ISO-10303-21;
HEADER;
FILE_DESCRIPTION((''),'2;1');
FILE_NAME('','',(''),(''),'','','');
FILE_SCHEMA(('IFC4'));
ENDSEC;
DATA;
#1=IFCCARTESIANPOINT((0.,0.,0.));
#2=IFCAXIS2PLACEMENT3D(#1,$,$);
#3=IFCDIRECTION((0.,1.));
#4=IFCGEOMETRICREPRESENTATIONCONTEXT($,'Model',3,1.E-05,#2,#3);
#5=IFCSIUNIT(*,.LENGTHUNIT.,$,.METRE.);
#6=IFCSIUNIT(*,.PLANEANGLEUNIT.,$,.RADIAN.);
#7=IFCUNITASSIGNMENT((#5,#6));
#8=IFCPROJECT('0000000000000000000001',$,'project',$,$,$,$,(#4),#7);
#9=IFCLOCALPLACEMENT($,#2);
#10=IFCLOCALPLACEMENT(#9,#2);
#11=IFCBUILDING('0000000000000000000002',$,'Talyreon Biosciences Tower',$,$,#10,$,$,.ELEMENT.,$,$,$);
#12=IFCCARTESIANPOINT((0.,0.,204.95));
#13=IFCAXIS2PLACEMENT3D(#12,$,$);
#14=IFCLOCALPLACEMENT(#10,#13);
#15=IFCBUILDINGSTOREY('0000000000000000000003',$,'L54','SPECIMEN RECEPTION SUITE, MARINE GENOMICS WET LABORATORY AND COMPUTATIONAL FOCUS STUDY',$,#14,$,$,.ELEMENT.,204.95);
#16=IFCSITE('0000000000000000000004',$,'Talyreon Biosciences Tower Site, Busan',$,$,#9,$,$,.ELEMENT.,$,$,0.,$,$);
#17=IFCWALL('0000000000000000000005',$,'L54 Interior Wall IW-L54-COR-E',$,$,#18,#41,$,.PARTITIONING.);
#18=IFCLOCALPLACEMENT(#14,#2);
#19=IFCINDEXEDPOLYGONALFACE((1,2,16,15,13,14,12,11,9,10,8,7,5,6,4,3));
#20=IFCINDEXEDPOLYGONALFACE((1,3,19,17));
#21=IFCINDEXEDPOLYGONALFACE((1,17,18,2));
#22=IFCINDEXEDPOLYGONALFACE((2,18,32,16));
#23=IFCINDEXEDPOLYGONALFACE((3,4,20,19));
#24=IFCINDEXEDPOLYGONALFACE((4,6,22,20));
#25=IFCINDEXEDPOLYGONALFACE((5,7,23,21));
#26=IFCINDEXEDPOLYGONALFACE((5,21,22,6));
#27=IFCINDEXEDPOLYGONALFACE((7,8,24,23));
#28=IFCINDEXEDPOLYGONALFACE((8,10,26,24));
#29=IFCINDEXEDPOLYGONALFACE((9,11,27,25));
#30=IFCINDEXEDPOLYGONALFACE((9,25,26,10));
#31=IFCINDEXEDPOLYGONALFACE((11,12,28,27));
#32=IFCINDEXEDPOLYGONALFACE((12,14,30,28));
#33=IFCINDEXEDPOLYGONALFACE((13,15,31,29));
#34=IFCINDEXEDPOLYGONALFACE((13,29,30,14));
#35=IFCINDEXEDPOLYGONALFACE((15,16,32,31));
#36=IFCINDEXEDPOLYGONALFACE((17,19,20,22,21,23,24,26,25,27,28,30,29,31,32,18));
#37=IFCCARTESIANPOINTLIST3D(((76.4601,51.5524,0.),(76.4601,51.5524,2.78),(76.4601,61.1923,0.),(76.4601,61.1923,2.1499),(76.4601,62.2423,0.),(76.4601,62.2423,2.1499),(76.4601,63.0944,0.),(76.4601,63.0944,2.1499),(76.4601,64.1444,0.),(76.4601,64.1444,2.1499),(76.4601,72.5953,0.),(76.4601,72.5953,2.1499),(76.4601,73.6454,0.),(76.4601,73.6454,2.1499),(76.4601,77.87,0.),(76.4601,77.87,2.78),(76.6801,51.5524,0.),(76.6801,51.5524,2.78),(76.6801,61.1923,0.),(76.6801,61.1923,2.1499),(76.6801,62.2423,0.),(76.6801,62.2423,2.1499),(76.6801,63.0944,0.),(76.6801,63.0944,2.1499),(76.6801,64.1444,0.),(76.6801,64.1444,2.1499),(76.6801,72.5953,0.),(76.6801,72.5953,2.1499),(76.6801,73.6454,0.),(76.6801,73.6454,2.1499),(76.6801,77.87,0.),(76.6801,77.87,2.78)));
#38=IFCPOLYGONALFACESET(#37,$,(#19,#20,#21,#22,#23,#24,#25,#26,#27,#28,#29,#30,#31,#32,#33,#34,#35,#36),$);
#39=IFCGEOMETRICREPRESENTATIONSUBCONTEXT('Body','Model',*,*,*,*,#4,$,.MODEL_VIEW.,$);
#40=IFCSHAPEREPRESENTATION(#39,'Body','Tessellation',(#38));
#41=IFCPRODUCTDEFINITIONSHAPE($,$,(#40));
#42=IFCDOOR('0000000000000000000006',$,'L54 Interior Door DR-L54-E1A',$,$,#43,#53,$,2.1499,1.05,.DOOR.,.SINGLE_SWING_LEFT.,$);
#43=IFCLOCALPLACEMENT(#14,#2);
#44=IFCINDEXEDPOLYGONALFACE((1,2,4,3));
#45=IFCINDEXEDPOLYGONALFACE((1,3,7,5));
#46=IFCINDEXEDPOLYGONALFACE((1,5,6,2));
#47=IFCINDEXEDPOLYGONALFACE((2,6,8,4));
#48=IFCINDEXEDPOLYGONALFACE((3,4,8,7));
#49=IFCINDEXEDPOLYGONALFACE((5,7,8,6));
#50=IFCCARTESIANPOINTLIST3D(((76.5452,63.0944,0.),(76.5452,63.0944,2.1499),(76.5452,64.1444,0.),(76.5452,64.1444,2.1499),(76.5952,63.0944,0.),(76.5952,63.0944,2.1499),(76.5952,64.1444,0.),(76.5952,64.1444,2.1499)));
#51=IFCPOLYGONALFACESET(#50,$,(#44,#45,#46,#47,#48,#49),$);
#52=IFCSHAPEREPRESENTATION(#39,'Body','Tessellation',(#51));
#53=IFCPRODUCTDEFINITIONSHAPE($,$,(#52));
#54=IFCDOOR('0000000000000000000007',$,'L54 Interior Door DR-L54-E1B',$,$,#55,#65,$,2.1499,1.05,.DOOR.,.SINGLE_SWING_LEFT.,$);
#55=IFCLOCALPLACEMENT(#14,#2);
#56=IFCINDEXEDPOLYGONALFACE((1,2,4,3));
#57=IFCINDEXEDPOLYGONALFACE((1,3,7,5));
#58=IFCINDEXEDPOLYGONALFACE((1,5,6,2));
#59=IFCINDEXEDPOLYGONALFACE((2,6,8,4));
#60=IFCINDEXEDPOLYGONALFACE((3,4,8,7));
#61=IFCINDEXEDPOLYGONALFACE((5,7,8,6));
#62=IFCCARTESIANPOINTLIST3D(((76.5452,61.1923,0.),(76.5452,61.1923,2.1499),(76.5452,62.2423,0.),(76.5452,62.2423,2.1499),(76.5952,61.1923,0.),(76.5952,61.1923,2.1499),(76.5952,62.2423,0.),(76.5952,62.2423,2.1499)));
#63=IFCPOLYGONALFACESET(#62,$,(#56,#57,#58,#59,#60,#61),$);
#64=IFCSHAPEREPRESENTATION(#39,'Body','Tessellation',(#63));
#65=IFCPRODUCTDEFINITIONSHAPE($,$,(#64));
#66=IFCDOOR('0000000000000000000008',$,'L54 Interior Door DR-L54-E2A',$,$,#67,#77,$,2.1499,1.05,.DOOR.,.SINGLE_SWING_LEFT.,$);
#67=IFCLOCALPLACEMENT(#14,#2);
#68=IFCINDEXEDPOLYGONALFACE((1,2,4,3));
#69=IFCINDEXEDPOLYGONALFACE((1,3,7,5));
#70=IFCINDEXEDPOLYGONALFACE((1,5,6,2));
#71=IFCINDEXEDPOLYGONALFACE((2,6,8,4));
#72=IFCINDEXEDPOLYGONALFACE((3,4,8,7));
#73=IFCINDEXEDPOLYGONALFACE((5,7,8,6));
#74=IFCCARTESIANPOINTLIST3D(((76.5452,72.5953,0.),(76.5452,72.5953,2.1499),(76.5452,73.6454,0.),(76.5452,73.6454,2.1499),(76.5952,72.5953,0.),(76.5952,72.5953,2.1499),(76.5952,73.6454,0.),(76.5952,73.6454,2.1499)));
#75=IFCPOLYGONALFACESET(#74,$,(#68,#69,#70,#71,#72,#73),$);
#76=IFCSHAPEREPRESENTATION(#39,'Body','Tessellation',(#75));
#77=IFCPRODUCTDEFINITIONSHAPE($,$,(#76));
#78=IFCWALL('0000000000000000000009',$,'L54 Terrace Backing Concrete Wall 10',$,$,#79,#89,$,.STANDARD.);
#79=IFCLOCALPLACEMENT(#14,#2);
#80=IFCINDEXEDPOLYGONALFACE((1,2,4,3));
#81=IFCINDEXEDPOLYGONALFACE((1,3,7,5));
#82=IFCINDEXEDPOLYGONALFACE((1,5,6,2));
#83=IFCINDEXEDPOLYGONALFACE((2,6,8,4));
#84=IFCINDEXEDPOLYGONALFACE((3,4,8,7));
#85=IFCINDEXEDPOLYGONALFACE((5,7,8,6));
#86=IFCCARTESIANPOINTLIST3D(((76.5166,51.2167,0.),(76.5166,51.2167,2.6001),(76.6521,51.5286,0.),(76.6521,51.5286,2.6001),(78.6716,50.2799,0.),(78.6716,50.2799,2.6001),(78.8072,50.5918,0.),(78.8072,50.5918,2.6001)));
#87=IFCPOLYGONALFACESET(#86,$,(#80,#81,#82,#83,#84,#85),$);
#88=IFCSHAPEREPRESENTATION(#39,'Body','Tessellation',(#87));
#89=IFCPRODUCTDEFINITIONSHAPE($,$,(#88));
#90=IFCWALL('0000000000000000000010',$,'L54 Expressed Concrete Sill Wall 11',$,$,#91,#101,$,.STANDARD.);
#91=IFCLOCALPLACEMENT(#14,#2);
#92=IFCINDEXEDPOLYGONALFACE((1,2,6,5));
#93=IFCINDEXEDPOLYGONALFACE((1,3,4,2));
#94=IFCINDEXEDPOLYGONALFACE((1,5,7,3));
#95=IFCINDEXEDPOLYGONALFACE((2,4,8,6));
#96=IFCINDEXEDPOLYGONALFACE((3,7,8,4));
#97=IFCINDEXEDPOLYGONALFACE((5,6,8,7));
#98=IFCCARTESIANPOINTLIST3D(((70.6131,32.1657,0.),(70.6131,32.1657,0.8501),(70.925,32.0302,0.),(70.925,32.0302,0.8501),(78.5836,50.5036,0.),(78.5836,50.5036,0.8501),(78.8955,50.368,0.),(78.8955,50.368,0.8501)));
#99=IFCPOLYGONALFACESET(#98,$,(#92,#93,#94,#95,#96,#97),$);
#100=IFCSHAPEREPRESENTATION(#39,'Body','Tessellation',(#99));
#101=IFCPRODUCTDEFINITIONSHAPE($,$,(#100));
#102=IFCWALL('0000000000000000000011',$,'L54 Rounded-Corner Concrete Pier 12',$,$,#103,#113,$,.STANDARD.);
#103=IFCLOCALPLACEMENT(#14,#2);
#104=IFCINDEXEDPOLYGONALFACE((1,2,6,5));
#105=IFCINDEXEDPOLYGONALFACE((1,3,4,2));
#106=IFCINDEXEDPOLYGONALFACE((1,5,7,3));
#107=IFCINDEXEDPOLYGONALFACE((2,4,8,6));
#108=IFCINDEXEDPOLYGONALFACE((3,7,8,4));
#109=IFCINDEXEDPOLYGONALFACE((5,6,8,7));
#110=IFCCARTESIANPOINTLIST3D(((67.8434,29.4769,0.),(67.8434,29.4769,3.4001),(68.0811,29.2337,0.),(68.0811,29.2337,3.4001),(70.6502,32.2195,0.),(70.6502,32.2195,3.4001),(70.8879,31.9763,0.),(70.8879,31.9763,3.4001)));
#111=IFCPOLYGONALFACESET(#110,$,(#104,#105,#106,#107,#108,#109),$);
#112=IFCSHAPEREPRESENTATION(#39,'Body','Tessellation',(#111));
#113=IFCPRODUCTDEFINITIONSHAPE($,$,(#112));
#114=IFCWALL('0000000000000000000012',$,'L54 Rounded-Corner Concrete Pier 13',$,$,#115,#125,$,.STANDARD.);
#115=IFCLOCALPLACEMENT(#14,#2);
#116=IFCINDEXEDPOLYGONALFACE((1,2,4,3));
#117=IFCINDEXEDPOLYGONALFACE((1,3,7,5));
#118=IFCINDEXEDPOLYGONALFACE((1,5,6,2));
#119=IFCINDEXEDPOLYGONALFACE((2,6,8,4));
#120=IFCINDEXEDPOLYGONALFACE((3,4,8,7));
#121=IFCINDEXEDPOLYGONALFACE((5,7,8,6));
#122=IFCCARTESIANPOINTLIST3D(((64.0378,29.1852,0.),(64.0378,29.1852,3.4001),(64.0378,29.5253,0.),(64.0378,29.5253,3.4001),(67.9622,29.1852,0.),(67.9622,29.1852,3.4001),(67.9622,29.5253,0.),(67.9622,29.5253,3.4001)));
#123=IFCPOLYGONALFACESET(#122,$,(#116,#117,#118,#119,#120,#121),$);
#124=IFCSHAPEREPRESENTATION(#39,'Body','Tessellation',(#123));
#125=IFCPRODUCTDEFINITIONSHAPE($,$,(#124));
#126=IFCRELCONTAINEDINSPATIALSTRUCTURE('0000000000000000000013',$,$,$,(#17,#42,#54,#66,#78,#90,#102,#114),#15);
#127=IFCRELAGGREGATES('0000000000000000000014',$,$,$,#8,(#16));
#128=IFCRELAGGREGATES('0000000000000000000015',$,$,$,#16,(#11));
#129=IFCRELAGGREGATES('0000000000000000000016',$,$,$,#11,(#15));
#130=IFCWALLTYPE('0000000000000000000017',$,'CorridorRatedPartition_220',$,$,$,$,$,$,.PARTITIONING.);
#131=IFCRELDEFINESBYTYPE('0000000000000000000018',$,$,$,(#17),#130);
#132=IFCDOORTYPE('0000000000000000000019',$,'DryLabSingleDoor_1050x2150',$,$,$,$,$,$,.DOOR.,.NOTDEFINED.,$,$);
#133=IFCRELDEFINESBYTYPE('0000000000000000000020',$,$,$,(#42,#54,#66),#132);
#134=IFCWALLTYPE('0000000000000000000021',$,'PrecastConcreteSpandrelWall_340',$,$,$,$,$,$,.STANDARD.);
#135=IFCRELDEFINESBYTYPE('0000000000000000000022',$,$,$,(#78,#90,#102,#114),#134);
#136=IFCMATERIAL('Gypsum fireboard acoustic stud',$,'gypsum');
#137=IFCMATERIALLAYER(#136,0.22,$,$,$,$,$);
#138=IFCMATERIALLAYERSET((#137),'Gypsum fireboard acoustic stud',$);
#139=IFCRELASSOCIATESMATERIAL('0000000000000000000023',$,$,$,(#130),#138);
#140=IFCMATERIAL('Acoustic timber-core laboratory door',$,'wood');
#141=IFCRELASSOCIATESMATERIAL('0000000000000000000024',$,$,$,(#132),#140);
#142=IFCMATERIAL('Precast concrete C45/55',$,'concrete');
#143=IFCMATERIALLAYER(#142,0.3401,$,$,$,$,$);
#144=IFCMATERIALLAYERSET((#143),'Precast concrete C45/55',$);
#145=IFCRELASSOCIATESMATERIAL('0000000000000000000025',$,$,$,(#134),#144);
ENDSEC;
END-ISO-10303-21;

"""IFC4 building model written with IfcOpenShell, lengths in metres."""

from ifc_helpers import new_model, si_unit, direction, frame, frame_2d, origin, place, context, subcontext, project, spatial, rectangle, extrude, material, layer, layer_set, type_object, element, fill, save


model = new_model("IFC4")

# Units and contexts
model_context = context("Model", 3, precision=1e-05, world=origin(), true_north=direction((0.0, 1.0)))
body_context = subcontext(model_context, "Body", "Model", "MODEL_VIEW")
ifc_project = project(units=[si_unit("LENGTHUNIT", "METRE"), si_unit("PLANEANGLEUNIT", "RADIAN")], contexts=[model_context])

# Site, building, storey
site_placement = place(None, origin())
site = spatial("IfcSite", under=ifc_project, at=site_placement, Name="Talyreon Biosciences Tower Site, Busan", CompositionType="ELEMENT", RefElevation=0.0)
building_placement = place(site_placement, origin())
building = spatial("IfcBuilding", under=site, at=building_placement, Name="Talyreon Biosciences Tower", CompositionType="ELEMENT")
storey_placement = place(building_placement, frame((0.0, 0.0, 204.95)))
storey = spatial("IfcBuildingStorey", under=building, at=storey_placement, Name="L54", Description="SPECIMEN RECEPTION SUITE, MARINE GENOMICS WET LABORATORY AND COMPUTATIONAL FOCUS STUDY", CompositionType="ELEMENT", Elevation=204.95)

# Shared definitions
ifc_material_1 = material(Name="Precast concrete C45/55", Category="concrete")

# Wall, openings, doors
ifc_material_2 = material(Name="Gypsum fireboard acoustic stud", Category="gypsum")
ifc_layer_1 = layer(ifc_material_2, 0.22)
ifc_layer_set_1 = layer_set([ifc_layer_1], Name="Gypsum fireboard acoustic stud")
wall_type_1 = type_object("IfcWallType", Name="CorridorRatedPartition_220", PredefinedType="PARTITIONING", material=ifc_layer_set_1)
wall_1_placement = place(storey_placement, frame((76.5701, 51.5525, 0.0), z_axis=(0.0, 0.0, 1.0), x_axis=(0.0, 1.0, 0.0)))
wall_1 = element("IfcWall", 1, at=wall_1_placement, inside=storey, type_object=wall_type_1, Name="L54 Interior Wall IW-L54-COR-E", PredefinedType="PARTITIONING", context=body_context, shape_type="SweptSolid", body=[
    extrude(rectangle(XDim=26.3176, YDim=0.22, at=frame_2d((13.1587, 0.0))), origin(), (0.0, 0.0, 1.0), 2.78),
])
opening_1_placement = place(wall_1_placement, frame((11.542, 0.0, 0.0)))
opening_1 = element("IfcOpeningElement", 2, at=opening_1_placement, cuts=wall_1, PredefinedType="OPENING", context=body_context, shape_type="SweptSolid", body=[
    extrude(rectangle(XDim=1.05, YDim=2.1499, at=frame_2d((0.5249, 1.075))), frame((0.0, 0.1199, 0.0), z_axis=(0.0, -1.0, 0.0), x_axis=(1.0, 0.0, 0.0)), (0.0, 0.0, 1.0), 0.24),
])
opening_2_placement = place(wall_1_placement, frame((9.6399, 0.0, 0.0)))
opening_2 = element("IfcOpeningElement", 3, at=opening_2_placement, cuts=wall_1, PredefinedType="OPENING", context=body_context, shape_type="SweptSolid", body=[
    extrude(rectangle(XDim=1.05, YDim=2.1499, at=frame_2d((0.5249, 1.075))), frame((0.0, 0.1199, 0.0), z_axis=(0.0, -1.0, 0.0), x_axis=(1.0, 0.0, 0.0)), (0.0, 0.0, 1.0), 0.24),
])
opening_3_placement = place(wall_1_placement, frame((21.043, 0.0, 0.0)))
opening_3 = element("IfcOpeningElement", 4, at=opening_3_placement, cuts=wall_1, PredefinedType="OPENING", context=body_context, shape_type="SweptSolid", body=[
    extrude(rectangle(XDim=1.05, YDim=2.1499, at=frame_2d((0.5249, 1.075))), frame((0.0, 0.1199, 0.0), z_axis=(0.0, -1.0, 0.0), x_axis=(1.0, 0.0, 0.0)), (0.0, 0.0, 1.0), 0.24),
])
ifc_material_3 = material(Name="Acoustic timber-core laboratory door", Category="wood")
door_type = type_object("IfcDoorType", Name="DryLabSingleDoor_1050x2150", OperationType="NOTDEFINED", PredefinedType="DOOR", material=ifc_material_3)
door_1_placement = place(opening_1_placement, origin())
door_1 = element("IfcDoor", 5, at=door_1_placement, inside=storey, type_object=door_type, Name="L54 Interior Door DR-L54-E1A", OperationType="SINGLE_SWING_LEFT", OverallHeight=2.1499, OverallWidth=1.05, PredefinedType="DOOR", context=body_context, shape_type="SweptSolid", body=[
    extrude(rectangle(XDim=1.05, YDim=2.1499, at=frame_2d((0.5249, 1.075))), frame((0.0, 0.0249, 0.0), z_axis=(0.0, -1.0, 0.0), x_axis=(1.0, 0.0, 0.0)), (0.0, 0.0, 1.0), 0.05),
])
fill(opening_1, door_1)
door_2_placement = place(opening_2_placement, origin())
door_2 = element("IfcDoor", 6, at=door_2_placement, inside=storey, type_object=door_type, Name="L54 Interior Door DR-L54-E1B", OperationType="SINGLE_SWING_LEFT", OverallHeight=2.1499, OverallWidth=1.05, PredefinedType="DOOR", context=body_context, shape_type="SweptSolid", body=[
    extrude(rectangle(XDim=1.05, YDim=2.1499, at=frame_2d((0.5249, 1.075))), frame((0.0, 0.0249, 0.0), z_axis=(0.0, -1.0, 0.0), x_axis=(1.0, 0.0, 0.0)), (0.0, 0.0, 1.0), 0.05),
])
fill(opening_2, door_2)
door_3_placement = place(opening_3_placement, origin())
door_3 = element("IfcDoor", 7, at=door_3_placement, inside=storey, type_object=door_type, Name="L54 Interior Door DR-L54-E2A", OperationType="SINGLE_SWING_LEFT", OverallHeight=2.1499, OverallWidth=1.05, PredefinedType="DOOR", context=body_context, shape_type="SweptSolid", body=[
    extrude(rectangle(XDim=1.05, YDim=2.1499, at=frame_2d((0.5249, 1.075))), frame((0.0, 0.0249, 0.0), z_axis=(0.0, -1.0, 0.0), x_axis=(1.0, 0.0, 0.0)), (0.0, 0.0, 1.0), 0.05),
])
fill(opening_3, door_3)

# Walls
ifc_layer_2 = layer(ifc_material_1, 0.3401)
ifc_layer_set_2 = layer_set([ifc_layer_2], Name="Precast concrete C45/55")
wall_type_2 = type_object("IfcWallType", Name="PrecastConcreteSpandrelWall_340", PredefinedType="STANDARD", material=ifc_layer_set_2)
wall_2_placement = place(storey_placement, frame((76.5845, 51.3726, 0.0), z_axis=(0.0, 0.0, 1.0), x_axis=(0.917101, -0.398654, 0.0)))
element("IfcWall", 8, at=wall_2_placement, inside=storey, type_object=wall_type_2, Name="L54 Terrace Backing Concrete Wall 10", PredefinedType="STANDARD", context=body_context, shape_type="SweptSolid", body=[
    extrude(rectangle(XDim=2.3499, YDim=0.3401, at=frame_2d((1.1748, 0.0))), origin(), (0.0, 0.0, 1.0), 2.6001),
])
wall_3_placement = place(storey_placement, frame((78.7395, 50.4358, 0.0), z_axis=(0.0, 0.0, 1.0), x_axis=(-0.398619, -0.917116, 0.0)))
element("IfcWall", 9, at=wall_3_placement, inside=storey, type_object=wall_type_2, Name="L54 Expressed Concrete Sill Wall 11", PredefinedType="STANDARD", context=body_context, shape_type="SweptSolid", body=[
    extrude(rectangle(XDim=19.9951, YDim=0.3401, at=frame_2d((9.9976, 0.0))), origin(), (0.0, 0.0, 1.0), 0.8501),
])
for number, where, z_axis, x_axis, name in (
    (10, (70.769, 32.0979, 0.0), (0.0, 0.0, 1.0), (-0.71524, -0.698879, 0.0), "L54 Rounded-Corner Concrete Pier 12"),
    (11, (67.9622, 29.3552, 0.0), (0.0, 0.0, 1.0), (-1.0, 0.0, 0.0), "L54 Rounded-Corner Concrete Pier 13"),
):
    element("IfcWall", number, at=place(storey_placement, frame(where, z_axis=z_axis, x_axis=x_axis)), inside=storey, type_object=wall_type_2, Name=name, PredefinedType="STANDARD", context=body_context, shape_type="SweptSolid", body=[
        extrude(rectangle(XDim=3.9243, YDim=0.3401, at=frame_2d((1.9622, 0.0))), origin(), (0.0, 0.0, 1.0), 3.4001),
    ])

save(model, "model.ifc")
